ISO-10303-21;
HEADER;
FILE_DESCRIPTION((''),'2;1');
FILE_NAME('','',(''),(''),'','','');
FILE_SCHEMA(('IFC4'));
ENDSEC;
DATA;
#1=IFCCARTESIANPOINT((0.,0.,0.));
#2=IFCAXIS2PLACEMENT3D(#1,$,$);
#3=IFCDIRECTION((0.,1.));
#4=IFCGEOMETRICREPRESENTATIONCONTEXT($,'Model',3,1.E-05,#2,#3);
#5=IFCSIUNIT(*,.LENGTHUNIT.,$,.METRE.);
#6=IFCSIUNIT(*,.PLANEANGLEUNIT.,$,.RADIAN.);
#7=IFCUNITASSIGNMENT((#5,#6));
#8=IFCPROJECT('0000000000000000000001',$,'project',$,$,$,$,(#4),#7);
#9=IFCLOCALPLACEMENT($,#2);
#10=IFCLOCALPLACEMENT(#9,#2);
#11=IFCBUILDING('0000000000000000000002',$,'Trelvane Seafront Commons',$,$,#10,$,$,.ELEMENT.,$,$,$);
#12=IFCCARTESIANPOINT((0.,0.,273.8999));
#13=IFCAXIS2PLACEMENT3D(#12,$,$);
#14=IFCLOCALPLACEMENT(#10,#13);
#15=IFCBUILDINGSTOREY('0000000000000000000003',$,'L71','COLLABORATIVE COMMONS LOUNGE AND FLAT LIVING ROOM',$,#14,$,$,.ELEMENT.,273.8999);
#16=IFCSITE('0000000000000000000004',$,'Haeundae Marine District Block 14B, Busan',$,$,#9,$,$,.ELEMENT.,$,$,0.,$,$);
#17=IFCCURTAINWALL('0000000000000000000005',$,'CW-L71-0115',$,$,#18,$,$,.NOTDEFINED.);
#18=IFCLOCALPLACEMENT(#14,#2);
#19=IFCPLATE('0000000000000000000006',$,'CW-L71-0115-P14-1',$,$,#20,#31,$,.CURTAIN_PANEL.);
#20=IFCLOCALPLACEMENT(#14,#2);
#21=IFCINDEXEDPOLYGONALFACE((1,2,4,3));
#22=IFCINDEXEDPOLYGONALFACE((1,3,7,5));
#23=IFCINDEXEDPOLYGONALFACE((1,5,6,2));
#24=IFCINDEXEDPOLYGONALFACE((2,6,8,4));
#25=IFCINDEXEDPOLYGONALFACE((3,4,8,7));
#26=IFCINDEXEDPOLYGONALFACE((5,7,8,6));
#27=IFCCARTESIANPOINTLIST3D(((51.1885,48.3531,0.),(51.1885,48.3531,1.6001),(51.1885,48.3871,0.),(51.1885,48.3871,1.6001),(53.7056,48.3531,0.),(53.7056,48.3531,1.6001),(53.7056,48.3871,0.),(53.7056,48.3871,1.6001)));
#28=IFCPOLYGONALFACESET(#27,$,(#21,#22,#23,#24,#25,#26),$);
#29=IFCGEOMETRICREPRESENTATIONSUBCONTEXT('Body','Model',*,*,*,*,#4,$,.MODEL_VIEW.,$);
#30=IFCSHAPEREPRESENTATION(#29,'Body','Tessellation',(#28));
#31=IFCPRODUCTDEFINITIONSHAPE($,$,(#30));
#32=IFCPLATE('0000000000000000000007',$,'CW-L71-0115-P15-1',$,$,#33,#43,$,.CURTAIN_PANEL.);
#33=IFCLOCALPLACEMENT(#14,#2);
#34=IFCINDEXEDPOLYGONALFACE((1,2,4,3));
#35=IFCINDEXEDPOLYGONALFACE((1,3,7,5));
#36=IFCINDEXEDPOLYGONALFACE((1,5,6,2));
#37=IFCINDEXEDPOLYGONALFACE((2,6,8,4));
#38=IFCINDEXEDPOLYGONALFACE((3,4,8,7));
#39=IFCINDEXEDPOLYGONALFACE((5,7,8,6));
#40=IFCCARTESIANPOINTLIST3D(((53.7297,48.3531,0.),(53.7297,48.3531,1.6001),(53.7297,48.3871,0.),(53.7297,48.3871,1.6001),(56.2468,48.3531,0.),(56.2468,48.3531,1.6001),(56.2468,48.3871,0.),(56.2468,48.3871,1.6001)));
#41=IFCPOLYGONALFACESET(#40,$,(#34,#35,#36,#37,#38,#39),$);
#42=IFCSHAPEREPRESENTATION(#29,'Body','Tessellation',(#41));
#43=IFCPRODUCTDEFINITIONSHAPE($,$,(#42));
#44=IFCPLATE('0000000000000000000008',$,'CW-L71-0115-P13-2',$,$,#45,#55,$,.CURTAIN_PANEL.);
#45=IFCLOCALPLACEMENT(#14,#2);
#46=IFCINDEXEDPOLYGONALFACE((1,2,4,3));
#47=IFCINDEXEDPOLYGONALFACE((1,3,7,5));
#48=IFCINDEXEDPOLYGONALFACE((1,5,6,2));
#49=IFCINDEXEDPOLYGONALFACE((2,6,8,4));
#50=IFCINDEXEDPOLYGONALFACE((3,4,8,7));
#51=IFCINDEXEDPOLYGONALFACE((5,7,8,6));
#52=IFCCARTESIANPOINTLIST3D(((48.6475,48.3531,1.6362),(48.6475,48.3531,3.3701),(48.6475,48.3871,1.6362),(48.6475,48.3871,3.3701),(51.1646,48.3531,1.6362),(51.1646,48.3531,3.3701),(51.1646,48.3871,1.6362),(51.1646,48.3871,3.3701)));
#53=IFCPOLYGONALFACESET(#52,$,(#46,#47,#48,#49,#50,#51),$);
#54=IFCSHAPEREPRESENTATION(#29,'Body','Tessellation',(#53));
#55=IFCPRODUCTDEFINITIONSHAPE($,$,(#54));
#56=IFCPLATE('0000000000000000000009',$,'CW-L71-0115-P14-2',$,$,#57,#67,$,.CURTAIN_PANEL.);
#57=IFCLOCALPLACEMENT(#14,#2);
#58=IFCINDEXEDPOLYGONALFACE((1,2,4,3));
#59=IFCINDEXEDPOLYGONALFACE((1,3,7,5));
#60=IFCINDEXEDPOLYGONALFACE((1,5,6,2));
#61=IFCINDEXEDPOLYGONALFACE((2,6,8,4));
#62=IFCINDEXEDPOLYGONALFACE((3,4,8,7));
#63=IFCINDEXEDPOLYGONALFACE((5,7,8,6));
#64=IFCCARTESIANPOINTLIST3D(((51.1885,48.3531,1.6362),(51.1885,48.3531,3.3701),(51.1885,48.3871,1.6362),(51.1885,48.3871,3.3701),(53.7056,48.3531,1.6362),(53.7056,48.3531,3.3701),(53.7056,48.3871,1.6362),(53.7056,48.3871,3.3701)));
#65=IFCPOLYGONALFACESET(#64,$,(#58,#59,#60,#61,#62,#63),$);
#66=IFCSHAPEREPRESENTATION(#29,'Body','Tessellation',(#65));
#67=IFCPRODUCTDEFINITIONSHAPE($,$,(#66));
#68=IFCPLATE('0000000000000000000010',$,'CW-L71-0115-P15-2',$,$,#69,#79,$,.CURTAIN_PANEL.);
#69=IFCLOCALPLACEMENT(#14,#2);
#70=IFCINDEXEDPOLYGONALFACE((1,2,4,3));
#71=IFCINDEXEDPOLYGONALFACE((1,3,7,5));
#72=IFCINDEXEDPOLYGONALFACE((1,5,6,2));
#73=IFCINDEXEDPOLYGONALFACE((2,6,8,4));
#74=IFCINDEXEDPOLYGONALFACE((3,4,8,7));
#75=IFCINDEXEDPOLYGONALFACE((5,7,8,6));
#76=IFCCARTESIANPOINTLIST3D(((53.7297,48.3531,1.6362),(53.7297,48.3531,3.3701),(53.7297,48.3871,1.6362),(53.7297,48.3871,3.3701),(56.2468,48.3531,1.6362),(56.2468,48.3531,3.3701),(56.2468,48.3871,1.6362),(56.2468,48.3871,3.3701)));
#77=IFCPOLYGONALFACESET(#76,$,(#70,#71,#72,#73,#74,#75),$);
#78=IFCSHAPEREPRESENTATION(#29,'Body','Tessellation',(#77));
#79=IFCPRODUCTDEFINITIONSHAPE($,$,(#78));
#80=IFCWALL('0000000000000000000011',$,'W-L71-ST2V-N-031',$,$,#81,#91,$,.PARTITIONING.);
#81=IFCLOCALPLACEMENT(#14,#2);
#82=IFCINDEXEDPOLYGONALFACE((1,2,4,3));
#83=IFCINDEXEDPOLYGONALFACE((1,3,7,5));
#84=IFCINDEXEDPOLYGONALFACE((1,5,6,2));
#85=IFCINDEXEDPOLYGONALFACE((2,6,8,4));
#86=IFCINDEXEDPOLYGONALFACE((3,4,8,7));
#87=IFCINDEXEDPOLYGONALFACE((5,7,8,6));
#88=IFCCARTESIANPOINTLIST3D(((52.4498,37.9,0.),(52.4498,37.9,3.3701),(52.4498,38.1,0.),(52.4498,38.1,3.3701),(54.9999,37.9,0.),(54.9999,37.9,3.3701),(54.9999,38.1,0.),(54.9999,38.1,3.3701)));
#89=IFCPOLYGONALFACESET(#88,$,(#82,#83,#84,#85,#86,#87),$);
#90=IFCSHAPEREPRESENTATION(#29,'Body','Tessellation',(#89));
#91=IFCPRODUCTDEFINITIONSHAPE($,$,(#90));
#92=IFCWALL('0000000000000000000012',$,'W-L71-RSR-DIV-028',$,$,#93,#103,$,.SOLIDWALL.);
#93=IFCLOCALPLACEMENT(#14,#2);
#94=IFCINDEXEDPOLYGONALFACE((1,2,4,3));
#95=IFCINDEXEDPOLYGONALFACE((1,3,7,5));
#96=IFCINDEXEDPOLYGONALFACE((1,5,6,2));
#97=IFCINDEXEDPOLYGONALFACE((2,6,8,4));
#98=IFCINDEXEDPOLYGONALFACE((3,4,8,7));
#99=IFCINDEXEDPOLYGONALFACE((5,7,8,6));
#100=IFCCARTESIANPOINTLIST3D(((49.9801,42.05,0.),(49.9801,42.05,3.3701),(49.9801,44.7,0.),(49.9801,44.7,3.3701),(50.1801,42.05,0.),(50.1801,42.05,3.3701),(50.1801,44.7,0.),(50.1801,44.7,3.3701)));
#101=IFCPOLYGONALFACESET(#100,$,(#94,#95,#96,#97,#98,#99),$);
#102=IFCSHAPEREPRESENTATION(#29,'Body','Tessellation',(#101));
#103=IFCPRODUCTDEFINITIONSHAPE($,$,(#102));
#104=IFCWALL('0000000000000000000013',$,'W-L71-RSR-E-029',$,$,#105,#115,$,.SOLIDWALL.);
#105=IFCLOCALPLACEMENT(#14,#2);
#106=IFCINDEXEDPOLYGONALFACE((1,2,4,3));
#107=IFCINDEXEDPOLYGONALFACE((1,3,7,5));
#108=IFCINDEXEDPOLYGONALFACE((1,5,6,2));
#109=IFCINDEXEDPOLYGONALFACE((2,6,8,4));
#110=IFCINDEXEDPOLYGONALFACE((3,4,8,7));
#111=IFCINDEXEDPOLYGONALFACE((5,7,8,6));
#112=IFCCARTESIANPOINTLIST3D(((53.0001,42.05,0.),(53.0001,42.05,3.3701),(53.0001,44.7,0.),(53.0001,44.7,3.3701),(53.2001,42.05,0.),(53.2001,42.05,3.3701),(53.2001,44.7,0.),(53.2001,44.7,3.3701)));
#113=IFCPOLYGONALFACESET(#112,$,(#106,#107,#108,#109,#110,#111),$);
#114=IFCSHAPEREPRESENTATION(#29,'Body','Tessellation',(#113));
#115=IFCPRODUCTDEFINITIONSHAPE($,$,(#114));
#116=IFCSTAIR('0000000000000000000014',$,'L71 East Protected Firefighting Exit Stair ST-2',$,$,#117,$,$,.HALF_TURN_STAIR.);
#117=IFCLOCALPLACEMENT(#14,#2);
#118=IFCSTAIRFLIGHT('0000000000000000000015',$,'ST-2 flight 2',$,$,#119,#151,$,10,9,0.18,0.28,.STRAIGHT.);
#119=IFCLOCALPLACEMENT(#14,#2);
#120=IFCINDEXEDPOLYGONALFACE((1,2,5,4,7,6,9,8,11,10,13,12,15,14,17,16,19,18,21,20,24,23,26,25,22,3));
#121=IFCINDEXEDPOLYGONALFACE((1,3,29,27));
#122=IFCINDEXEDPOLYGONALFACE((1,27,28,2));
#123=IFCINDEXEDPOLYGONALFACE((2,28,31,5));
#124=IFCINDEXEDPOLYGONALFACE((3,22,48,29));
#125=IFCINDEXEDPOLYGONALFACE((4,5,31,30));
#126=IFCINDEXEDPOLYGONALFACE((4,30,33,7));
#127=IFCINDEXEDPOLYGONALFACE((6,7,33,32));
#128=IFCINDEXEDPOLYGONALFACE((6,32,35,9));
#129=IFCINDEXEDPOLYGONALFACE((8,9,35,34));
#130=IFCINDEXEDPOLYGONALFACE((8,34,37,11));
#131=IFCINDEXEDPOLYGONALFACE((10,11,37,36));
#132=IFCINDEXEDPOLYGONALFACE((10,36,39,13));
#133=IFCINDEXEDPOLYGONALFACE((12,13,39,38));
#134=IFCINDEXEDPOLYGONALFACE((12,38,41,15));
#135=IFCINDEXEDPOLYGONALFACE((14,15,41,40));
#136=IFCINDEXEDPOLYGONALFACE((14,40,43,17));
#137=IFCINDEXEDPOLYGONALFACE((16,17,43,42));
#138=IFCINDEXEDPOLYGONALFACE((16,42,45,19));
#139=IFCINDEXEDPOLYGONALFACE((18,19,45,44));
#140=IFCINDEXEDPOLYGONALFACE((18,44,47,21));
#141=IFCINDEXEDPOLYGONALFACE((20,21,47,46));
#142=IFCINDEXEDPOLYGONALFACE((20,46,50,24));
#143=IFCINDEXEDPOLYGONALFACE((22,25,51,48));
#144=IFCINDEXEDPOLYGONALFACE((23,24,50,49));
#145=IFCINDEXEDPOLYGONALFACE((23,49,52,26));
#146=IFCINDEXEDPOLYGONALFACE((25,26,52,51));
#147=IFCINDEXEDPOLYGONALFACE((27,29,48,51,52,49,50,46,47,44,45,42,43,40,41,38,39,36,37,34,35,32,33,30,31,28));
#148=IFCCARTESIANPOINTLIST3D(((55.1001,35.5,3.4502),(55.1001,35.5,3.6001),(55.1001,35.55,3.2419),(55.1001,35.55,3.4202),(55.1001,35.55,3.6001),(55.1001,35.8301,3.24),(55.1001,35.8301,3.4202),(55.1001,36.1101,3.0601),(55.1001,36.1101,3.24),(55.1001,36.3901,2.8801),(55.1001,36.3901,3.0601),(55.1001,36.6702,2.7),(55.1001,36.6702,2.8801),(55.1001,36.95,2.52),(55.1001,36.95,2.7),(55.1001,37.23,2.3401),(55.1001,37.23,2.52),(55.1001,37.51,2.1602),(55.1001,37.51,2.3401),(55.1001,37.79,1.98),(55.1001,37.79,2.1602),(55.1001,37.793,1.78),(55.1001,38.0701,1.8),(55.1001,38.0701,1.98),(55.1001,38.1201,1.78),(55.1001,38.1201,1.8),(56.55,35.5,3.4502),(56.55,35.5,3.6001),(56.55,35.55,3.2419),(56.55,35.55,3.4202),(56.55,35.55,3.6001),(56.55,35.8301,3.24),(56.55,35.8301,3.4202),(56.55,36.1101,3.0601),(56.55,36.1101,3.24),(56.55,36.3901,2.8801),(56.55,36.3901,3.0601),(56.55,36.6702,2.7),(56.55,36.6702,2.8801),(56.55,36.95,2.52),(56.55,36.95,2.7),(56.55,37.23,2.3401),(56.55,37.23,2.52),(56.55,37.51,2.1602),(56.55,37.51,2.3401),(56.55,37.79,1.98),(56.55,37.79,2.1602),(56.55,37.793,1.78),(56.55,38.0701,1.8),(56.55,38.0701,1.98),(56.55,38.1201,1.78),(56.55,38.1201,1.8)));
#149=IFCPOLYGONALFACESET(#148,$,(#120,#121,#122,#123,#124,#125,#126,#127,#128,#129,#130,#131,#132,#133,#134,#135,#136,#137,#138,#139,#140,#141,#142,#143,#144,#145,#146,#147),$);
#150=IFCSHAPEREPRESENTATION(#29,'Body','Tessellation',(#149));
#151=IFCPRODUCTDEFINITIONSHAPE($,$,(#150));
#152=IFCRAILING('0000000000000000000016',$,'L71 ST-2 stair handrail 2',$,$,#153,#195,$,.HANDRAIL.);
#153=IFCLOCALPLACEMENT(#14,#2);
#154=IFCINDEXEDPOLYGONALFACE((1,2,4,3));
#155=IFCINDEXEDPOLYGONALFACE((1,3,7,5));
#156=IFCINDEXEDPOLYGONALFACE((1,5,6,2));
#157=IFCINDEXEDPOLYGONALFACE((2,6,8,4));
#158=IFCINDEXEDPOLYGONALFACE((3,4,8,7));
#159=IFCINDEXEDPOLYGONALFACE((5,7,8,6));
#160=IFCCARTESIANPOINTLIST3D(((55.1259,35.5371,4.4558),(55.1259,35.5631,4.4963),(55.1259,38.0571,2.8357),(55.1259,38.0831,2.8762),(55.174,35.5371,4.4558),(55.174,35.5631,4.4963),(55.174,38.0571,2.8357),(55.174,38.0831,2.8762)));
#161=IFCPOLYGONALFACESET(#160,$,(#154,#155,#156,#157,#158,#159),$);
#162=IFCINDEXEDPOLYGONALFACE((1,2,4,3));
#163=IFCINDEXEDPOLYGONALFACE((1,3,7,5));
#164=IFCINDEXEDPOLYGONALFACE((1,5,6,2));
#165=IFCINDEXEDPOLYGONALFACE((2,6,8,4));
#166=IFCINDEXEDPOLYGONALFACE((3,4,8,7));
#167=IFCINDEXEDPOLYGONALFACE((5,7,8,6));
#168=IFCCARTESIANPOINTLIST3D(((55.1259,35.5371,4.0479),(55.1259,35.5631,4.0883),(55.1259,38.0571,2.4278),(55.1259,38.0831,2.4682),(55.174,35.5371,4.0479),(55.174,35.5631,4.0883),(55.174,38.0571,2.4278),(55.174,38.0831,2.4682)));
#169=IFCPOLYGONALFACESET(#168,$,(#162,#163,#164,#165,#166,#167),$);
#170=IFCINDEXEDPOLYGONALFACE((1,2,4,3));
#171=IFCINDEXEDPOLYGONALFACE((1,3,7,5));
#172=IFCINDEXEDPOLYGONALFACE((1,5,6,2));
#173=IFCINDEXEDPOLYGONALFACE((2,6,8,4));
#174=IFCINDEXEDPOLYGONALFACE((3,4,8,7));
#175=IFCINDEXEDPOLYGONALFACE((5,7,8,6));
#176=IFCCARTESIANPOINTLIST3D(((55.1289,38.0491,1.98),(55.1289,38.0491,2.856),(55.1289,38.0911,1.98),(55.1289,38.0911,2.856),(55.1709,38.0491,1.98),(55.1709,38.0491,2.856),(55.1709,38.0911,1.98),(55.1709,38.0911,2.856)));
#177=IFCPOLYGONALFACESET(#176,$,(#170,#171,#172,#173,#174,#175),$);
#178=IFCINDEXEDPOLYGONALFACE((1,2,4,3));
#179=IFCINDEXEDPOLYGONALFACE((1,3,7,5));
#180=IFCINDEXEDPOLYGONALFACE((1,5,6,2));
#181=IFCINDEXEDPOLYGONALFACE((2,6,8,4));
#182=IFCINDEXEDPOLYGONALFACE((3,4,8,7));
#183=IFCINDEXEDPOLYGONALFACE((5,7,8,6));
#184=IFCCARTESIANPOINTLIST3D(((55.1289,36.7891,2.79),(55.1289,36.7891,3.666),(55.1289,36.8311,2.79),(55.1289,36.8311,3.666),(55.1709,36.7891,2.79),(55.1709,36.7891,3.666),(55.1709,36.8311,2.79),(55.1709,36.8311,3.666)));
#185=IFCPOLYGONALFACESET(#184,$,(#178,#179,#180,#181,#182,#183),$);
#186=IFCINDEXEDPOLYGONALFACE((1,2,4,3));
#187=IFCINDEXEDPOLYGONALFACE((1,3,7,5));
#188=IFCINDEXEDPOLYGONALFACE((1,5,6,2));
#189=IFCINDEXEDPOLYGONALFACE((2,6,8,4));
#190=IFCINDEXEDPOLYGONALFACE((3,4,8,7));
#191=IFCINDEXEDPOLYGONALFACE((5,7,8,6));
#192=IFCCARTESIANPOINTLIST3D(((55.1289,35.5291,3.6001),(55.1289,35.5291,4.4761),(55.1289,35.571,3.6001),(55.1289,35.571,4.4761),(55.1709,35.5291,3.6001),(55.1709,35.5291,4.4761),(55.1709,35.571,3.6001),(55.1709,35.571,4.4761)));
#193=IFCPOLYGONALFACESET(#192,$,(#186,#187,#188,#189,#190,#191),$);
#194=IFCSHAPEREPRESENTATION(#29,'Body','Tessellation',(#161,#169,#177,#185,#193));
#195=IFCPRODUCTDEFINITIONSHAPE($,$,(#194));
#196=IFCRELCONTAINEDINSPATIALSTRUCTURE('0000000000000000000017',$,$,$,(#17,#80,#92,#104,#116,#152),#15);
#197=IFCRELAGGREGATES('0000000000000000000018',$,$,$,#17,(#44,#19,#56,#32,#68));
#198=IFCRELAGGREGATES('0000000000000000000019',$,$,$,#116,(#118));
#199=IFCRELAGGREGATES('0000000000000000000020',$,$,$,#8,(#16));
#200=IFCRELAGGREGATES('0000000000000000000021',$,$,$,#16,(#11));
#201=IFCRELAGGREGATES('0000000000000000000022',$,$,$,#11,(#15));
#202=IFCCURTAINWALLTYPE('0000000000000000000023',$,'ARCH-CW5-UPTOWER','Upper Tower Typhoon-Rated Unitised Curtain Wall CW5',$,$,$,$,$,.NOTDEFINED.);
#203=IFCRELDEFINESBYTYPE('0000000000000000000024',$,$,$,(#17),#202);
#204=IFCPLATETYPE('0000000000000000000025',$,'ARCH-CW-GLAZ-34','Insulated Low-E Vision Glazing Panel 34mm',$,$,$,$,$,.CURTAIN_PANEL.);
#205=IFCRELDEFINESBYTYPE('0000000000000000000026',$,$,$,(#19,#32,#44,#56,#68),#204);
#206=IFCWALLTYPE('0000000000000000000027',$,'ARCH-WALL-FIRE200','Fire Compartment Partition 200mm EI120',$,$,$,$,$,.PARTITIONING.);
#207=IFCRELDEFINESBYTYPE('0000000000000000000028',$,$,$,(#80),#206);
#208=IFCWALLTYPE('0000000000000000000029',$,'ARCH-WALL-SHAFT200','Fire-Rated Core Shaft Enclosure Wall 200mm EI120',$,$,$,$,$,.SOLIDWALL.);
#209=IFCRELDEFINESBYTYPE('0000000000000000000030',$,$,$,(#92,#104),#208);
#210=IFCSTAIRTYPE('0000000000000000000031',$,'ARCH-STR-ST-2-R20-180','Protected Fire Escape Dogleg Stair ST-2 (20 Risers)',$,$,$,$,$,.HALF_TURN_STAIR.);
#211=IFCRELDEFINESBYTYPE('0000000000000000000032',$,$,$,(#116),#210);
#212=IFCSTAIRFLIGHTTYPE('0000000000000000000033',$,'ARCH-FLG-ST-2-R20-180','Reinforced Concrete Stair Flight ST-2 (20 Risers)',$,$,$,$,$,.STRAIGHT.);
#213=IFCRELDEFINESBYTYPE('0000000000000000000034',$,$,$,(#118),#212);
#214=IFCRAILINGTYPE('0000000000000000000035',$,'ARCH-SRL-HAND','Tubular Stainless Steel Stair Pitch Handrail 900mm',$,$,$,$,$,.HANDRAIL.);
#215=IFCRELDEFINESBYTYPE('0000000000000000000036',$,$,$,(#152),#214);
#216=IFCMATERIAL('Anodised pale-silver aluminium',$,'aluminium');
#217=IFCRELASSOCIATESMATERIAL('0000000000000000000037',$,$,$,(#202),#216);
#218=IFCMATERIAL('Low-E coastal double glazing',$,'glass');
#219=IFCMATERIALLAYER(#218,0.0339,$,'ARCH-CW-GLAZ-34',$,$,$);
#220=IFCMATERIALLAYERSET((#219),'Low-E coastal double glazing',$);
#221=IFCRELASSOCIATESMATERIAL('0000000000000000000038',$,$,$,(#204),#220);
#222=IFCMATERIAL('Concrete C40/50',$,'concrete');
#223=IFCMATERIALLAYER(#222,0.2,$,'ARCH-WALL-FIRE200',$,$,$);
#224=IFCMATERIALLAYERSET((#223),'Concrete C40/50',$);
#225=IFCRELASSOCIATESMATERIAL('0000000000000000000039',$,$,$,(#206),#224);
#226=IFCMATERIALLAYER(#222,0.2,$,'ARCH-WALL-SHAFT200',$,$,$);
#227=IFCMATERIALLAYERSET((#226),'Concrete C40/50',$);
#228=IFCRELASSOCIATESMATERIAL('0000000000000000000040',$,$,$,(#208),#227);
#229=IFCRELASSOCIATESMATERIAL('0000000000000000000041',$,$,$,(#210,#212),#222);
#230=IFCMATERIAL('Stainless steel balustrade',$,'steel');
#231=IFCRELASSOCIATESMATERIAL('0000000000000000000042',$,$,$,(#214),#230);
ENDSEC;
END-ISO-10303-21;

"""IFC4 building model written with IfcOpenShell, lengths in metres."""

from ifc_helpers import new_model, si_unit, direction, frame, frame_2d, origin, origin_2d, place, context, subcontext, project, spatial, polyline, rectangle, outline, extrude, source, transform, mapped, material, layer, layer_set, type_object, element, aggregate, save


model = new_model("IFC4")

# Units and contexts
model_context = context("Model", 3, precision=1e-05, world=origin(), true_north=direction((0.0, 1.0)))
body_context = subcontext(model_context, "Body", "Model", "MODEL_VIEW")
ifc_project = project(units=[si_unit("LENGTHUNIT", "METRE"), si_unit("PLANEANGLEUNIT", "RADIAN")], contexts=[model_context])

# Site, building, storey
site_placement = place(None, origin())
site = spatial("IfcSite", under=ifc_project, at=site_placement, Name="Haeundae Marine District Block 14B, Busan", CompositionType="ELEMENT", RefElevation=0.0)
building_placement = place(site_placement, origin())
building = spatial("IfcBuilding", under=site, at=building_placement, Name="Trelvane Seafront Commons", CompositionType="ELEMENT")
storey_placement = place(building_placement, frame((0.0, 0.0, 273.8999)))
storey = spatial("IfcBuildingStorey", under=building, at=storey_placement, Name="L71", Description="COLLABORATIVE COMMONS LOUNGE AND FLAT LIVING ROOM", CompositionType="ELEMENT", Elevation=273.8999)

# Curtain wall
ifc_material_1 = material(Name="Anodised pale-silver aluminium", Category="aluminium")
curtain_wall_type = type_object("IfcCurtainWallType", Name="ARCH-CW5-UPTOWER", Description="Upper Tower Typhoon-Rated Unitised Curtain Wall CW5", PredefinedType="NOTDEFINED", material=ifc_material_1)
curtain_wall_placement = place(storey_placement, origin())
curtain_wall = element("IfcCurtainWall", 1, at=curtain_wall_placement, inside=storey, type_object=curtain_wall_type, Name="CW-L71-0115", PredefinedType="NOTDEFINED")

# Plates
ifc_material_2 = material(Name="Low-E coastal double glazing", Category="glass")
ifc_layer_1 = layer(ifc_material_2, 0.0339, Name="ARCH-CW-GLAZ-34")
ifc_layer_set_1 = layer_set([ifc_layer_1], Name="Low-E coastal double glazing")
plate_type_1 = type_object("IfcPlateType", Name="ARCH-CW-GLAZ-34", Description="Insulated Low-E Vision Glazing Panel 34mm", PredefinedType="CURTAIN_PANEL", material=ifc_layer_set_1)
shared_shape_1 = source(origin(), body_context, "Body", "SweptSolid", [
    extrude(rectangle(XDim=2.5171, YDim=0.0339, at=origin_2d()), origin(), (0.0, 0.0, 1.0), 1.6001),
])
plate_1_placement = place(storey_placement, frame((52.447, 48.3701, 0.0), z_axis=(0.0, 0.0, 1.0), x_axis=(1.0, 0.0, 0.0)))
plate_1 = element("IfcPlate", 2, at=plate_1_placement, type_object=plate_type_1, Name="CW-L71-0115-P14-1", PredefinedType="CURTAIN_PANEL", context=body_context, shape_type="MappedRepresentation", body=[
    mapped(shared_shape_1, transform((0.0, 0.0, 0.0), x_axis=(1.0, 0.0, 0.0), y_axis=(0.0, 1.0, 0.0), z_axis=(0.0, 0.0, 1.0), scale=1.0)),
])
plate_2_placement = place(storey_placement, frame((54.9883, 48.3701, 0.0), z_axis=(0.0, 0.0, 1.0), x_axis=(1.0, 0.0, 0.0)))
plate_2 = element("IfcPlate", 3, at=plate_2_placement, type_object=plate_type_1, Name="CW-L71-0115-P15-1", PredefinedType="CURTAIN_PANEL", context=body_context, shape_type="MappedRepresentation", body=[
    mapped(shared_shape_1, transform((0.0, 0.0, 0.0), x_axis=(1.0, 0.0, 0.0), y_axis=(0.0, 1.0, 0.0), z_axis=(0.0, 0.0, 1.0), scale=1.0)),
])
shared_shape_2 = source(origin(), body_context, "Body", "SweptSolid", [
    extrude(rectangle(XDim=2.5171, YDim=0.0339, at=origin_2d()), origin(), (0.0, 0.0, 1.0), 1.7339),
])
plate_3_placement = place(storey_placement, frame((49.906, 48.3701, 1.6362), z_axis=(0.0, 0.0, 1.0), x_axis=(1.0, 0.0, 0.0)))
plate_3 = element("IfcPlate", 4, at=plate_3_placement, type_object=plate_type_1, Name="CW-L71-0115-P13-2", PredefinedType="CURTAIN_PANEL", context=body_context, shape_type="MappedRepresentation", body=[
    mapped(shared_shape_2, transform((0.0, 0.0, 0.0), x_axis=(1.0, 0.0, 0.0), y_axis=(0.0, 1.0, 0.0), z_axis=(0.0, 0.0, 1.0), scale=1.0)),
])
plate_4_placement = place(storey_placement, frame((52.447, 48.3701, 1.6362), z_axis=(0.0, 0.0, 1.0), x_axis=(1.0, 0.0, 0.0)))
plate_4 = element("IfcPlate", 5, at=plate_4_placement, type_object=plate_type_1, Name="CW-L71-0115-P14-2", PredefinedType="CURTAIN_PANEL", context=body_context, shape_type="MappedRepresentation", body=[
    mapped(shared_shape_2, transform((0.0, 0.0, 0.0), x_axis=(1.0, 0.0, 0.0), y_axis=(0.0, 1.0, 0.0), z_axis=(0.0, 0.0, 1.0), scale=1.0)),
])
plate_5_placement = place(storey_placement, frame((54.9883, 48.3701, 1.6362), z_axis=(0.0, 0.0, 1.0), x_axis=(1.0, 0.0, 0.0)))
plate_5 = element("IfcPlate", 6, at=plate_5_placement, type_object=plate_type_1, Name="CW-L71-0115-P15-2", PredefinedType="CURTAIN_PANEL", context=body_context, shape_type="MappedRepresentation", body=[
    mapped(shared_shape_2, transform((0.0, 0.0, 0.0), x_axis=(1.0, 0.0, 0.0), y_axis=(0.0, 1.0, 0.0), z_axis=(0.0, 0.0, 1.0), scale=1.0)),
])
aggregate(curtain_wall, [plate_3, plate_1, plate_4, plate_2, plate_5])

# Walls
ifc_material_3 = material(Name="Concrete C40/50", Category="concrete")
ifc_layer_2 = layer(ifc_material_3, 0.2, Name="ARCH-WALL-FIRE200")
ifc_layer_set_2 = layer_set([ifc_layer_2], Name="Concrete C40/50")
wall_type_1 = type_object("IfcWallType", Name="ARCH-WALL-FIRE200", Description="Fire Compartment Partition 200mm EI120", PredefinedType="PARTITIONING", material=ifc_layer_set_2)
wall_placement = place(storey_placement, frame((52.45, 38.0, 0.0), z_axis=(0.0, 0.0, 1.0), x_axis=(1.0, 0.0, 0.0)))
element("IfcWall", 7, at=wall_placement, inside=storey, type_object=wall_type_1, Name="W-L71-ST2V-N-031", PredefinedType="PARTITIONING", context=body_context, shape_type="SweptSolid", body=[
    extrude(rectangle(XDim=2.55, YDim=0.2, at=frame_2d((1.2749, 0.0))), origin(), (0.0, 0.0, 1.0), 3.3701),
])
ifc_layer_3 = layer(ifc_material_3, 0.2, Name="ARCH-WALL-SHAFT200")
ifc_layer_set_3 = layer_set([ifc_layer_3], Name="Concrete C40/50")
wall_type_2 = type_object("IfcWallType", Name="ARCH-WALL-SHAFT200", Description="Fire-Rated Core Shaft Enclosure Wall 200mm EI120", PredefinedType="SOLIDWALL", material=ifc_layer_set_3)
for number, where, z_axis, x_axis, name in (
    (8, (50.0801, 42.05, 0.0), (0.0, 0.0, 1.0), (0.0, 1.0, 0.0), "W-L71-RSR-DIV-028"),
    (9, (53.1001, 42.05, 0.0), (0.0, 0.0, 1.0), (0.0, 1.0, 0.0), "W-L71-RSR-E-029"),
):
    element("IfcWall", number, at=place(storey_placement, frame(where, z_axis=z_axis, x_axis=x_axis)), inside=storey, type_object=wall_type_2, Name=name, PredefinedType="SOLIDWALL", context=body_context, shape_type="SweptSolid", body=[
        extrude(rectangle(XDim=2.6499, YDim=0.2, at=frame_2d((1.325, 0.0))), origin(), (0.0, 0.0, 1.0), 3.3701),
    ])

# Stair, stair flight
stair_type = type_object("IfcStairType", Name="ARCH-STR-ST-2-R20-180", Description="Protected Fire Escape Dogleg Stair ST-2 (20 Risers)", PredefinedType="HALF_TURN_STAIR", material=ifc_material_3)
stair_placement = place(storey_placement, origin())
stair = element("IfcStair", 10, at=stair_placement, inside=storey, type_object=stair_type, Name="L71 East Protected Firefighting Exit Stair ST-2", PredefinedType="HALF_TURN_STAIR")
stair_flight_type = type_object("IfcStairFlightType", Name="ARCH-FLG-ST-2-R20-180", Description="Reinforced Concrete Stair Flight ST-2 (20 Risers)", PredefinedType="STRAIGHT", material=ifc_material_3)
shared_shape_3 = source(origin(), body_context, "Body", "SweptSolid", [
    extrude(outline(polyline([(-0.05, -0.02), (-0.05, 0.0), (0.0, 0.0), (0.0, 0.1799), (0.28, 0.1799), (0.28, 0.3601), (0.5601, 0.3601), (0.5601, 0.54), (0.8401, 0.54), (0.8401, 0.72), (1.1201, 0.72), (1.1201, 0.8999), (1.3999, 0.8999), (1.3999, 1.0801), (1.6799, 1.0801), (1.6799, 1.26), (1.96, 1.26), (1.96, 1.4399), (2.24, 1.4399), (2.24, 1.6201), (2.52, 1.6201), (2.52, 1.8), (2.5701, 1.8), (2.5701, 1.6501), (2.52, 1.4419), (0.2771, -0.02), (-0.05, -0.02)])), frame((0.0, 0.7251, 0.0), z_axis=(0.0, -1.0, 0.0), x_axis=(1.0, 0.0, 0.0)), (0.0, 0.0, 1.0), 1.45),
])
stair_flight_placement = place(storey_placement, frame((55.825, 38.0701, 1.8), z_axis=(0.0, 0.0, 1.0), x_axis=(0.0, -1.0, 0.0)))
stair_flight = element("IfcStairFlight", 11, at=stair_flight_placement, type_object=stair_flight_type, Name="ST-2 flight 2", NumberOfRisers=10, NumberOfTreads=9, PredefinedType="STRAIGHT", RiserHeight=0.18, TreadLength=0.28, context=body_context, shape_type="MappedRepresentation", body=[
    mapped(shared_shape_3, transform((0.0, 0.0, 0.0), x_axis=(1.0, 0.0, 0.0), y_axis=(0.0, 1.0, 0.0), z_axis=(0.0, 0.0, 1.0), scale=1.0)),
])
aggregate(stair, [stair_flight])

# Railing
ifc_material_4 = material(Name="Stainless steel balustrade", Category="steel")
railing_type = type_object("IfcRailingType", Name="ARCH-SRL-HAND", Description="Tubular Stainless Steel Stair Pitch Handrail 900mm", PredefinedType="HANDRAIL", material=ifc_material_4)
railing_placement = place(storey_placement, frame((55.1499, 38.0701, 1.98)))
element("IfcRailing", 12, at=railing_placement, inside=storey, type_object=railing_type, Name="L71 ST-2 stair handrail 2", PredefinedType="HANDRAIL", context=body_context, shape_type="SweptSolid", body=[
    extrude(rectangle(XDim=0.0481, YDim=0.0481, at=origin_2d()), frame((0.0, 0.0, 0.876), z_axis=(0.0, -0.841163, 0.540782), x_axis=(1.0, 0.0, 0.0)), (0.0, 0.0, 1.0), 2.9958),
    extrude(rectangle(XDim=0.0481, YDim=0.0481, at=origin_2d()), frame((0.0, 0.0, 0.468), z_axis=(0.0, -0.841163, 0.540782), x_axis=(1.0, 0.0, 0.0)), (0.0, 0.0, 1.0), 2.9958),
    extrude(rectangle(XDim=0.042, YDim=0.042, at=origin_2d()), origin(), (0.0, 0.0, 1.0), 0.876),
    extrude(rectangle(XDim=0.042, YDim=0.042, at=origin_2d()), frame((0.0, -1.26, 0.8101)), (0.0, 0.0, 1.0), 0.876),
    extrude(rectangle(XDim=0.042, YDim=0.042, at=origin_2d()), frame((0.0, -2.52, 1.6201)), (0.0, 0.0, 1.0), 0.876),
])

save(model, "model.ifc")
